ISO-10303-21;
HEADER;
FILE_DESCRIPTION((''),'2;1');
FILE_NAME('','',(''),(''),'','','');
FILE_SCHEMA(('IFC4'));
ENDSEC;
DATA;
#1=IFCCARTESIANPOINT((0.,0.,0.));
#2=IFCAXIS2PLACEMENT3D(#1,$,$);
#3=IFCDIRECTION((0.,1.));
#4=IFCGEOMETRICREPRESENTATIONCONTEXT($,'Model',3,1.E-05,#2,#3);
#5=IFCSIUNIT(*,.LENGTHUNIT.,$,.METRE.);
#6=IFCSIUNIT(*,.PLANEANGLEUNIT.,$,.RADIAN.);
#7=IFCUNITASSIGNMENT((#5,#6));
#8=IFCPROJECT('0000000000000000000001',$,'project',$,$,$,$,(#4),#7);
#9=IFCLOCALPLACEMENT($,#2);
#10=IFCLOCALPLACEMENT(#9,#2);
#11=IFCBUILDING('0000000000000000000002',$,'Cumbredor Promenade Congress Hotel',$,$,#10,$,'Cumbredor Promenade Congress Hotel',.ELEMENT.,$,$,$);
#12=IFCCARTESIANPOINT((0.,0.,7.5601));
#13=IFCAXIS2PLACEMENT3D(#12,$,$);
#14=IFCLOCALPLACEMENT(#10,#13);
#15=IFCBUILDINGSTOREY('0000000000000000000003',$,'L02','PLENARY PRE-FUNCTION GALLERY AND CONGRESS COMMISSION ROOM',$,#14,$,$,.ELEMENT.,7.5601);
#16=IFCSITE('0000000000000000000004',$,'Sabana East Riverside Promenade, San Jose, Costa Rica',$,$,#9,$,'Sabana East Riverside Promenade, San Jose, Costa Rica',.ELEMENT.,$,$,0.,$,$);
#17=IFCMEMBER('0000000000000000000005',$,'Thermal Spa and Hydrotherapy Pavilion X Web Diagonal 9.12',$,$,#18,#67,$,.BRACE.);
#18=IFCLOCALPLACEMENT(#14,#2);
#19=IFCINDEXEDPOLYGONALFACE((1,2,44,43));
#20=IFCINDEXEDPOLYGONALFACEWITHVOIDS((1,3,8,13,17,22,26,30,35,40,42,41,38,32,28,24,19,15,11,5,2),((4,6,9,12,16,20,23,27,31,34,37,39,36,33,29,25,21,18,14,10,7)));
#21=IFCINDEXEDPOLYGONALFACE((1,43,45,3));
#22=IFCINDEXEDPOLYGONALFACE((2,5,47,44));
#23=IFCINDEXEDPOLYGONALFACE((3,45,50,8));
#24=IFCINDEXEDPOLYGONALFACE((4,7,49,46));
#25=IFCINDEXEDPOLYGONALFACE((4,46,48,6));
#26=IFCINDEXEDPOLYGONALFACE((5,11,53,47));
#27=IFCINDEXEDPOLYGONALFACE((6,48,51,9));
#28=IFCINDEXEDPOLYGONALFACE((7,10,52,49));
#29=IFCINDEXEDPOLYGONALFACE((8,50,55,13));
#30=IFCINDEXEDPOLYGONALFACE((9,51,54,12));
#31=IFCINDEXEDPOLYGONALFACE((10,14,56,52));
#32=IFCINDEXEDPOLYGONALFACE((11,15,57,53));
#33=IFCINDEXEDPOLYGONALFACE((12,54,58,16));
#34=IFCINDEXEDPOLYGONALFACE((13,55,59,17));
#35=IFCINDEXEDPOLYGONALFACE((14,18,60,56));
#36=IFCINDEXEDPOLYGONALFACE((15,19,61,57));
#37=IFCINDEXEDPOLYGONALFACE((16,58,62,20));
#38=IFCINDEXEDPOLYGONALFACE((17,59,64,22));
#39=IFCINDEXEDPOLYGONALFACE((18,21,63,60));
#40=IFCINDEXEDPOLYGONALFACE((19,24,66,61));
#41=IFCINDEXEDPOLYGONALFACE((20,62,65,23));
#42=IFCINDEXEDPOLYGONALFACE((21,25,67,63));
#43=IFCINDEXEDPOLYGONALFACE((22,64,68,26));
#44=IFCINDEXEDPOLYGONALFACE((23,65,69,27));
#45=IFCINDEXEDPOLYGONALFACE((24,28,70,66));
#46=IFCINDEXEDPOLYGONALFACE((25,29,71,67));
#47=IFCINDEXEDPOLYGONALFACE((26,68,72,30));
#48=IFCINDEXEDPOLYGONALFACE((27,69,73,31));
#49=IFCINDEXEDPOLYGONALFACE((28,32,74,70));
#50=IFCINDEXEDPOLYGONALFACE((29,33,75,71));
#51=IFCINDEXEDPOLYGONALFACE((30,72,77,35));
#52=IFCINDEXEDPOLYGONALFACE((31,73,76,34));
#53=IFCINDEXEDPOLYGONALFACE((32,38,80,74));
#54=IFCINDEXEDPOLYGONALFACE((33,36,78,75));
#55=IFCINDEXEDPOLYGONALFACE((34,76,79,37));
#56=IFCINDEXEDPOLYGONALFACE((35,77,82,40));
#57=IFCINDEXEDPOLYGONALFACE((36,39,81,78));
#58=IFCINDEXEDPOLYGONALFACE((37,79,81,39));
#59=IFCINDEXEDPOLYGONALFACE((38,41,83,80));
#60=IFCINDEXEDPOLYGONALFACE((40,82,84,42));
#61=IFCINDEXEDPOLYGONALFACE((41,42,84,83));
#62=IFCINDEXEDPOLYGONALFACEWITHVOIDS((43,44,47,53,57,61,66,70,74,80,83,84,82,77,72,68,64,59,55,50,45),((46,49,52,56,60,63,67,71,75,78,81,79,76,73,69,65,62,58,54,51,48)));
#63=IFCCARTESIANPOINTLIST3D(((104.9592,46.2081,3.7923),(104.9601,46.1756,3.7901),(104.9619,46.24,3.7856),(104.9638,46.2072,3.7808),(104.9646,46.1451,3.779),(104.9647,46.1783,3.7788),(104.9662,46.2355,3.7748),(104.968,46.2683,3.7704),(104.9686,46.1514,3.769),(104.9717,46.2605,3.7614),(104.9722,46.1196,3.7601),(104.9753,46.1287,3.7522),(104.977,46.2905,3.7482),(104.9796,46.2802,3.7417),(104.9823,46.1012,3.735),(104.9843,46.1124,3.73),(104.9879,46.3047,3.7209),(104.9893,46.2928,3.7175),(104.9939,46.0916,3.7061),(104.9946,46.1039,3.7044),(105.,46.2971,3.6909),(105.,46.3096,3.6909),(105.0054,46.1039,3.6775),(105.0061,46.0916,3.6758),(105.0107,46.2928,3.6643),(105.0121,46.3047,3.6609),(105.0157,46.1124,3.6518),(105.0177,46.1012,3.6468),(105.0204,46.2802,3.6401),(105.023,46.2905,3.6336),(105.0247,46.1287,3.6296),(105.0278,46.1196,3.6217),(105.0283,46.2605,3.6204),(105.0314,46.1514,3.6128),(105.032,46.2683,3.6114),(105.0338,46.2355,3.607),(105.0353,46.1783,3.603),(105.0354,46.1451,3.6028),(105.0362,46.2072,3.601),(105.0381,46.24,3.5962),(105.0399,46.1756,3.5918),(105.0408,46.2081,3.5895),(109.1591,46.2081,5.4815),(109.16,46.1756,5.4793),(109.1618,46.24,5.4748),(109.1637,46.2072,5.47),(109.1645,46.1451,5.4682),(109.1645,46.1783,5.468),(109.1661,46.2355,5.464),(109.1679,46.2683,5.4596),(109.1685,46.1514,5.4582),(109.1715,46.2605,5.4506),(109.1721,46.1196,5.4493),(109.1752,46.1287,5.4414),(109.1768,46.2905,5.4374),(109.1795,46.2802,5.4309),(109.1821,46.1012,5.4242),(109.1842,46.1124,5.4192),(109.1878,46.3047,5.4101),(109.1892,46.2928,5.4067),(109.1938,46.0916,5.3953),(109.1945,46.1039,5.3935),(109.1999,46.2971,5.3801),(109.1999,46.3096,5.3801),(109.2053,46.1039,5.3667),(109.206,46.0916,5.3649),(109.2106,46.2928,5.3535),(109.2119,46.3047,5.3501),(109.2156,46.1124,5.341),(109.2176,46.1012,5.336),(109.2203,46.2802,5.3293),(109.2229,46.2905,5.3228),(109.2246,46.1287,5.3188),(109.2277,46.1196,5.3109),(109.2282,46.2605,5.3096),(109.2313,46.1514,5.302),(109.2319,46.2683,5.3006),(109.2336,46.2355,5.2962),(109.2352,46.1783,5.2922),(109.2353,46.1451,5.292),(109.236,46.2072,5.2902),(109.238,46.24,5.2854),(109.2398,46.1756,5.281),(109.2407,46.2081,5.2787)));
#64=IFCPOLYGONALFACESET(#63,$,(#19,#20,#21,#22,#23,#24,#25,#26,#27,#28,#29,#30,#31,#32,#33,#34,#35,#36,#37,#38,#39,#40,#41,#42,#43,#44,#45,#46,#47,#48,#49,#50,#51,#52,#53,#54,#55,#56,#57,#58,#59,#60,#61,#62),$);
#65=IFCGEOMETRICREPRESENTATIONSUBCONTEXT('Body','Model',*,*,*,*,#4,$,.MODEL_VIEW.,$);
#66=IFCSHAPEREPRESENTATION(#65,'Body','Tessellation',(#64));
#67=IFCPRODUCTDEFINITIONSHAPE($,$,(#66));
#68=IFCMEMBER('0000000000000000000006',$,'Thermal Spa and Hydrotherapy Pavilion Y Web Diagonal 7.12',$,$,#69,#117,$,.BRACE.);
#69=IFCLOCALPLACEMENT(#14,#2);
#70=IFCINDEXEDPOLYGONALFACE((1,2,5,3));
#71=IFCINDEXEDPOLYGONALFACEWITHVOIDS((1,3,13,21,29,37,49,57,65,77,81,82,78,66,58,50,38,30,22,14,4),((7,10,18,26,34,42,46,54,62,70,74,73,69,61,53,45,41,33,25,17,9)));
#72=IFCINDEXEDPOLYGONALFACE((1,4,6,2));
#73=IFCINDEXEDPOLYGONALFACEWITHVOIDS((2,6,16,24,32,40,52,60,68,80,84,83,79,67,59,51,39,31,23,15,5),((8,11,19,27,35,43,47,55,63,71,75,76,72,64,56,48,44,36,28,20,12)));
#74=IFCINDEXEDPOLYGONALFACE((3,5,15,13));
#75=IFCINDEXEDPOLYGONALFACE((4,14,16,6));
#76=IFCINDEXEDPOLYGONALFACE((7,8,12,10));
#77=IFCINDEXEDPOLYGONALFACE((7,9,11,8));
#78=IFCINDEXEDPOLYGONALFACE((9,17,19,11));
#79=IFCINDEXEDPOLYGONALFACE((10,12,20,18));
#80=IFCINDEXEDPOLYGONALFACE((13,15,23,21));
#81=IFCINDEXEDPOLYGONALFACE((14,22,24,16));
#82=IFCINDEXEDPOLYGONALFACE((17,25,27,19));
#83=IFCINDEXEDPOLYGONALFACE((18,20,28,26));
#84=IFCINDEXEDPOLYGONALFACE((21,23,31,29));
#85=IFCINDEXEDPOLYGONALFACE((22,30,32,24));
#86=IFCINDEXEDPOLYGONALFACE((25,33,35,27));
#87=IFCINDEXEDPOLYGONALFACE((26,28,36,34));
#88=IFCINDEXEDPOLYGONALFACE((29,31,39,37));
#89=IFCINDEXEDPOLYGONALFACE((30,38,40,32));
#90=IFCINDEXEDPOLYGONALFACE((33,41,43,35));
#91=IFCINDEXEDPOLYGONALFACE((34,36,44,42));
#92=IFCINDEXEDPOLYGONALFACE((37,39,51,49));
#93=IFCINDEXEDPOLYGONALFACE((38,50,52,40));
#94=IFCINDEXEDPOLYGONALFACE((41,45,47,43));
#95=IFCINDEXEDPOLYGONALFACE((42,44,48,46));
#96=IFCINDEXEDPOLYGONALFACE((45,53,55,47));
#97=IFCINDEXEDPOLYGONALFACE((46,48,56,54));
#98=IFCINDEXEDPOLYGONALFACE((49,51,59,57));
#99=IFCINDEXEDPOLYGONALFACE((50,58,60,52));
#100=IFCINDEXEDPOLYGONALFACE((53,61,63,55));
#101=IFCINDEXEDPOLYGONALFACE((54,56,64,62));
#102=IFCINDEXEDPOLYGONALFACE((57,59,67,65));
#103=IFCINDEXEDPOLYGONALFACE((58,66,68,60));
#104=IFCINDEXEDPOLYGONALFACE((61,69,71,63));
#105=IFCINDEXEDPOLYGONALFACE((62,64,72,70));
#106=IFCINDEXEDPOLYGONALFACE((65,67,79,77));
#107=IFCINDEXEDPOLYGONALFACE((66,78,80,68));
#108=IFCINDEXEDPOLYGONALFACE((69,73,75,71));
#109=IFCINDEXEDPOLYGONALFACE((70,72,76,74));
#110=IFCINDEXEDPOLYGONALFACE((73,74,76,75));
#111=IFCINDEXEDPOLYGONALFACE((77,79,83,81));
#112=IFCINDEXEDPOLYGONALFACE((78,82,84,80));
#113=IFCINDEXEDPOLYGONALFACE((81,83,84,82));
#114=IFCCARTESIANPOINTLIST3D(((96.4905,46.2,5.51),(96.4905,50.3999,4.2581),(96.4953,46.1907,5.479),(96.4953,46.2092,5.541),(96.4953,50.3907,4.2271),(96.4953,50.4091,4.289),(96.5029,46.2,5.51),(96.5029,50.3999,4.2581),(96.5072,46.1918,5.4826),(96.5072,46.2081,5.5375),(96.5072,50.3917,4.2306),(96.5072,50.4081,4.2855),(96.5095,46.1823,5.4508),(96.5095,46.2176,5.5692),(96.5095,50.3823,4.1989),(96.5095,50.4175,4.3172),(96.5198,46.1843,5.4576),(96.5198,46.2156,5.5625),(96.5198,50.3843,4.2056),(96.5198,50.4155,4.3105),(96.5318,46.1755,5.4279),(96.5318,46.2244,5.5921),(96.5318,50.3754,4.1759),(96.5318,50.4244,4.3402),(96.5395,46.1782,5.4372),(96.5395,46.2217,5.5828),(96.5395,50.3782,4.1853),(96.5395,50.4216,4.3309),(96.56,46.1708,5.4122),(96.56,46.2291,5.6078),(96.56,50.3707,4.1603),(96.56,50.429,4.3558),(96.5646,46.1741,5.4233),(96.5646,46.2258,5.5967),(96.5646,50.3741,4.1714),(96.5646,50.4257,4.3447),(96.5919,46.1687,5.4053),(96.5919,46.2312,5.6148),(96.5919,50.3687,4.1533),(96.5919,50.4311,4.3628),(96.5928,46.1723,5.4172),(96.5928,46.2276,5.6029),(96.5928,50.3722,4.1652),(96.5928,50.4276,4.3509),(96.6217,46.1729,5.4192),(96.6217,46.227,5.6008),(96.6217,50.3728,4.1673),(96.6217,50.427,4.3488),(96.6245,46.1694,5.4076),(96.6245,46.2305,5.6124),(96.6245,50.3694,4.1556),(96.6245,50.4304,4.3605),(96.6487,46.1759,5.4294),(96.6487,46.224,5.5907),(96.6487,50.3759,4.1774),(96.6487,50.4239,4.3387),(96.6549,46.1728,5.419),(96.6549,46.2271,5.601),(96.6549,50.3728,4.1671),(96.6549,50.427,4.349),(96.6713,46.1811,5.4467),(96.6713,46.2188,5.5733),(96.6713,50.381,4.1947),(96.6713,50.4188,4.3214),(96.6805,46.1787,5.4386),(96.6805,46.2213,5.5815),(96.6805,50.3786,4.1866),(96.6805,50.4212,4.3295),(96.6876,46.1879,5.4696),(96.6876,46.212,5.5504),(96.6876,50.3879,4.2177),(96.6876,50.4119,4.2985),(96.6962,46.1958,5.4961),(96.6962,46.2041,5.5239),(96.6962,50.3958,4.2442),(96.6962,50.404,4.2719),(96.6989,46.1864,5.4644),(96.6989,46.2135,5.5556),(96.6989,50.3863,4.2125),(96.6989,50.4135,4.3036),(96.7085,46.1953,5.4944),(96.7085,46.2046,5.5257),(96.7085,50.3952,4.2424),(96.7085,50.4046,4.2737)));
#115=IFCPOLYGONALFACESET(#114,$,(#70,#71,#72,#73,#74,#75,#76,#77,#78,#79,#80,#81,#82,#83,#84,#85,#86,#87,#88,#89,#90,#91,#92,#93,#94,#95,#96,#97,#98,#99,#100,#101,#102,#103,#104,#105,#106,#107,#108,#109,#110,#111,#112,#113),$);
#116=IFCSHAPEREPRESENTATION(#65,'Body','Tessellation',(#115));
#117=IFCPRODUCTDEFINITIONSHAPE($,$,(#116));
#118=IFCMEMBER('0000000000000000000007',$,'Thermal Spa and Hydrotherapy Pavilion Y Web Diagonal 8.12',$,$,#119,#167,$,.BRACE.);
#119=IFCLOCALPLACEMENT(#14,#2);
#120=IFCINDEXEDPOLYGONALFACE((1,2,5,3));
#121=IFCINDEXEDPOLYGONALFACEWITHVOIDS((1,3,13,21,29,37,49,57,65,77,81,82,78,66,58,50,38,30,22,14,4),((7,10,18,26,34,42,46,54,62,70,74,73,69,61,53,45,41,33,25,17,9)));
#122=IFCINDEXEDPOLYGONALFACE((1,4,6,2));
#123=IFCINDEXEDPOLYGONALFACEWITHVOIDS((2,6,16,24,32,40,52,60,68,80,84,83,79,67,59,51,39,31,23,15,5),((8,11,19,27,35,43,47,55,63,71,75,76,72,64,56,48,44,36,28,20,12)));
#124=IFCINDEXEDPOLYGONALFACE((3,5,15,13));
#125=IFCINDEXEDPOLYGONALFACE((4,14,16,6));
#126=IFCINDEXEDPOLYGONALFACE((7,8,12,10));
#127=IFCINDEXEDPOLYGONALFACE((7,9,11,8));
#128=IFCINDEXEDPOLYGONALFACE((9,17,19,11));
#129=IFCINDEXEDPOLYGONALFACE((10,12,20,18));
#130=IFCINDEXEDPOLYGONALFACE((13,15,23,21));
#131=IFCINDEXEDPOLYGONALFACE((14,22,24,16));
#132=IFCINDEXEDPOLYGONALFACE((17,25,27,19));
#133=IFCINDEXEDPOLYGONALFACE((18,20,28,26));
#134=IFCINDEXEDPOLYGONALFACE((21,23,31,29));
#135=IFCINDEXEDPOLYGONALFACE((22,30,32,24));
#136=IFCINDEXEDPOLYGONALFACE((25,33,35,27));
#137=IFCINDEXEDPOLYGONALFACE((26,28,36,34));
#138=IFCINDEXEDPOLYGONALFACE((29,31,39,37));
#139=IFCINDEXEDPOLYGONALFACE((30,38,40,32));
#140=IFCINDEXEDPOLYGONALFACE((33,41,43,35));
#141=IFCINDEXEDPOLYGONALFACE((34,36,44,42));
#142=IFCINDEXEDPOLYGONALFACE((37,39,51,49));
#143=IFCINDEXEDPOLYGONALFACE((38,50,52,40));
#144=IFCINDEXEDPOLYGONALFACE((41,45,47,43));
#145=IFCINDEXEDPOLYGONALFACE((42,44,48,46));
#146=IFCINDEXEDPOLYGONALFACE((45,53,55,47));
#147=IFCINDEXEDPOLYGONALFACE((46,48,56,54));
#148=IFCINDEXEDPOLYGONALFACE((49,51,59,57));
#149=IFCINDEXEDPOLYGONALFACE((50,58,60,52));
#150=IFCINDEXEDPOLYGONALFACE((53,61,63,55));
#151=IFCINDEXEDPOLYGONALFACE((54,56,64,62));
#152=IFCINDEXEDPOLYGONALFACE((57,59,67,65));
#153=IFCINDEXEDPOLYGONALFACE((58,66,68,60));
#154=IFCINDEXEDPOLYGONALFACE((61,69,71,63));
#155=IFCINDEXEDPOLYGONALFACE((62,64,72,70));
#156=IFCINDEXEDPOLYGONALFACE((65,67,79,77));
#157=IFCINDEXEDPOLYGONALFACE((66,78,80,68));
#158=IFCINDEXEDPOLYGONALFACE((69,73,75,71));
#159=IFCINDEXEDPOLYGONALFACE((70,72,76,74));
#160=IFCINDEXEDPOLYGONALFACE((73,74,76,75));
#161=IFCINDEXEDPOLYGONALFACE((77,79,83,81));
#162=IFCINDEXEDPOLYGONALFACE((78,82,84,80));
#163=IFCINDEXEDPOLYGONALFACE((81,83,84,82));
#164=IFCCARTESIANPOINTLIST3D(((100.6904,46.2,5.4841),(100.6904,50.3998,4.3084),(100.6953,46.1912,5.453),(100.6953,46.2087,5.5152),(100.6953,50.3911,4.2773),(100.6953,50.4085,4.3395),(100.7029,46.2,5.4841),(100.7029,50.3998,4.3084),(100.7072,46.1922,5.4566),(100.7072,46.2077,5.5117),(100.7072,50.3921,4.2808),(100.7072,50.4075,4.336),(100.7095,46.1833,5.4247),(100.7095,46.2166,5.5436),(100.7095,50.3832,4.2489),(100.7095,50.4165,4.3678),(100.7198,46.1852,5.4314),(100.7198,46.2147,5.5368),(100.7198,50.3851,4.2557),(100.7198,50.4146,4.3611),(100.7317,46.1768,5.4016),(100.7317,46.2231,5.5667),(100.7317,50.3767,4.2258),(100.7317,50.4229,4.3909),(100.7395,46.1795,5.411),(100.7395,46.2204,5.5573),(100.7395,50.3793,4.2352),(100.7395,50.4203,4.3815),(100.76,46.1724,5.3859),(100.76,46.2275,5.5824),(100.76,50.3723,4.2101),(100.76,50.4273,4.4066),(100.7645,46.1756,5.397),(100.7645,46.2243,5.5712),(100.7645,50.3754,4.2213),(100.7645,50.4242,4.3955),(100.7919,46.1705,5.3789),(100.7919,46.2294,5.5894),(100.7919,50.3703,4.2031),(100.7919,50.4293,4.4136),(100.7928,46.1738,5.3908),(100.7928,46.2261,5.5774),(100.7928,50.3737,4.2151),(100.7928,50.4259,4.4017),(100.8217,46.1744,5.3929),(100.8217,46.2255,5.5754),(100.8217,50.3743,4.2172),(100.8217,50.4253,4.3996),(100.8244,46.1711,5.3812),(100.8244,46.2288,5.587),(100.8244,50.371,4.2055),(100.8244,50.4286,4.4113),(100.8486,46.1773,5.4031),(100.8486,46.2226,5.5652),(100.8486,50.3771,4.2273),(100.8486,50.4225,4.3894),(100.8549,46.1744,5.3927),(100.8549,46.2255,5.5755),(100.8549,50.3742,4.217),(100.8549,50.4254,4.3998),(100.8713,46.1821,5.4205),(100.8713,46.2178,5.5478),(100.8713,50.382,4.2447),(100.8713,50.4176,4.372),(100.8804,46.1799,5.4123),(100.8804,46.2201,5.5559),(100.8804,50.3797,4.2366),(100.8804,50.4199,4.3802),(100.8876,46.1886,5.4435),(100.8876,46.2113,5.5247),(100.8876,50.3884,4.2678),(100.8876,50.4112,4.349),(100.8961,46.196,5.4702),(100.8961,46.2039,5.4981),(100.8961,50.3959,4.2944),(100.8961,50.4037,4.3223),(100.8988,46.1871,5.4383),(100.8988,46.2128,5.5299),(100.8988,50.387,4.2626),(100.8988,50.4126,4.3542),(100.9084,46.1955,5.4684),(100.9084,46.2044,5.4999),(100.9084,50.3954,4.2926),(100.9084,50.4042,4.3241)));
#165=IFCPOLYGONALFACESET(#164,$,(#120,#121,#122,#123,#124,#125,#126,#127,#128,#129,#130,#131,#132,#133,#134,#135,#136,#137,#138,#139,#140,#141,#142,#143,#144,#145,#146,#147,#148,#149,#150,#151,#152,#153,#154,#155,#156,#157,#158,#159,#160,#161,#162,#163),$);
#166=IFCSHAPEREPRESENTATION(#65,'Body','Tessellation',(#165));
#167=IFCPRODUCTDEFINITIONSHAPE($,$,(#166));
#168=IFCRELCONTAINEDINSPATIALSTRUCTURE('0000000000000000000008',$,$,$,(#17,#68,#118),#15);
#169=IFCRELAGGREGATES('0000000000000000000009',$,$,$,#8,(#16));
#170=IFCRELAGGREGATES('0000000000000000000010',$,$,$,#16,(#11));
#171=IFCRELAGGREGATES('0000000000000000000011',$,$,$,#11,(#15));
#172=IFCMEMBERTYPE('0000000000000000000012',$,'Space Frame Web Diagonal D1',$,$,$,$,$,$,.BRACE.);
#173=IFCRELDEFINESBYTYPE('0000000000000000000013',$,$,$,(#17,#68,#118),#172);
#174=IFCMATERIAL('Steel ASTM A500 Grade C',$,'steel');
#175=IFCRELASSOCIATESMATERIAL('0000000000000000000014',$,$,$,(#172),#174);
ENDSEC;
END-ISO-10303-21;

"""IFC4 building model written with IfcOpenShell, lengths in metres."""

from ifc_helpers import new_model, si_unit, direction, frame, origin, origin_2d, place, context, subcontext, project, spatial, hollow_circle, extrude, material, material_profile, profile_set, type_object, element, save


model = new_model("IFC4")

# Units and contexts
model_context = context("Model", 3, precision=1e-05, world=origin(), true_north=direction((0.0, 1.0)))
body_context = subcontext(model_context, "Body", "Model", "MODEL_VIEW")
ifc_project = project(units=[si_unit("LENGTHUNIT", "METRE"), si_unit("PLANEANGLEUNIT", "RADIAN")], contexts=[model_context])

# Site, building, storey
site_placement = place(None, origin())
site = spatial("IfcSite", under=ifc_project, at=site_placement, Name="Sabana East Riverside Promenade, San Jose, Costa Rica", LongName="Sabana East Riverside Promenade, San Jose, Costa Rica", CompositionType="ELEMENT", RefElevation=0.0)
building_placement = place(site_placement, origin())
building = spatial("IfcBuilding", under=site, at=building_placement, Name="Cumbredor Promenade Congress Hotel", LongName="Cumbredor Promenade Congress Hotel", CompositionType="ELEMENT")
storey_placement = place(building_placement, frame((0.0, 0.0, 7.5601)))
storey = spatial("IfcBuildingStorey", under=building, at=storey_placement, Name="L02", Description="PLENARY PRE-FUNCTION GALLERY AND CONGRESS COMMISSION ROOM", CompositionType="ELEMENT", Elevation=7.5601)

# Members
ifc_material_1 = material(Name="Steel ASTM A500 Grade C", Category="steel")
ifc_material_profile_1 = material_profile(ifc_material_1, hollow_circle(Radius=0.1096, WallThickness=0.0125, at=origin_2d()), Name="CHS 219.1x12.5")
ifc_profile_set_1 = profile_set([ifc_material_profile_1], Name="Steel ASTM A500 Grade C")
member_type_1 = type_object("IfcMemberType", Name="Space Frame Web Diagonal D1", PredefinedType="BRACE", material=ifc_profile_set_1)
member_1_placement = place(storey_placement, frame((105.0, 46.2, 3.6909), z_axis=(0.927772, 0.0, 0.373147), x_axis=(0.0, 1.0, 0.0)))
element("IfcMember", 1, at=member_1_placement, inside=storey, type_object=member_type_1, Name="Thermal Spa and Hydrotherapy Pavilion X Web Diagonal 9.12", PredefinedType="BRACE", context=body_context, shape_type="SweptSolid", body=[
    extrude(hollow_circle(Radius=0.1096, WallThickness=0.0125, at=origin_2d()), origin(), (0.0, 0.0, 1.0), 4.5269),
])
member_2_placement = place(storey_placement, frame((96.6001, 46.2, 5.51), z_axis=(0.0, 0.958329, -0.285666), x_axis=(-1.0, 0.0, 0.0)))
element("IfcMember", 2, at=member_2_placement, inside=storey, type_object=member_type_1, Name="Thermal Spa and Hydrotherapy Pavilion Y Web Diagonal 7.12", PredefinedType="BRACE", context=body_context, shape_type="SweptSolid", body=[
    extrude(hollow_circle(Radius=0.1096, WallThickness=0.0125, at=origin_2d()), origin(), (0.0, 0.0, 1.0), 4.3826),
])
member_3_placement = place(storey_placement, frame((100.8, 46.2, 5.4841), z_axis=(0.0, 0.962976, -0.269586), x_axis=(-1.0, 0.0, 0.0)))
element("IfcMember", 3, at=member_3_placement, inside=storey, type_object=member_type_1, Name="Thermal Spa and Hydrotherapy Pavilion Y Web Diagonal 8.12", PredefinedType="BRACE", context=body_context, shape_type="SweptSolid", body=[
    extrude(hollow_circle(Radius=0.1096, WallThickness=0.0125, at=origin_2d()), origin(), (0.0, 0.0, 1.0), 4.3613),
])

save(model, "model.ifc")
